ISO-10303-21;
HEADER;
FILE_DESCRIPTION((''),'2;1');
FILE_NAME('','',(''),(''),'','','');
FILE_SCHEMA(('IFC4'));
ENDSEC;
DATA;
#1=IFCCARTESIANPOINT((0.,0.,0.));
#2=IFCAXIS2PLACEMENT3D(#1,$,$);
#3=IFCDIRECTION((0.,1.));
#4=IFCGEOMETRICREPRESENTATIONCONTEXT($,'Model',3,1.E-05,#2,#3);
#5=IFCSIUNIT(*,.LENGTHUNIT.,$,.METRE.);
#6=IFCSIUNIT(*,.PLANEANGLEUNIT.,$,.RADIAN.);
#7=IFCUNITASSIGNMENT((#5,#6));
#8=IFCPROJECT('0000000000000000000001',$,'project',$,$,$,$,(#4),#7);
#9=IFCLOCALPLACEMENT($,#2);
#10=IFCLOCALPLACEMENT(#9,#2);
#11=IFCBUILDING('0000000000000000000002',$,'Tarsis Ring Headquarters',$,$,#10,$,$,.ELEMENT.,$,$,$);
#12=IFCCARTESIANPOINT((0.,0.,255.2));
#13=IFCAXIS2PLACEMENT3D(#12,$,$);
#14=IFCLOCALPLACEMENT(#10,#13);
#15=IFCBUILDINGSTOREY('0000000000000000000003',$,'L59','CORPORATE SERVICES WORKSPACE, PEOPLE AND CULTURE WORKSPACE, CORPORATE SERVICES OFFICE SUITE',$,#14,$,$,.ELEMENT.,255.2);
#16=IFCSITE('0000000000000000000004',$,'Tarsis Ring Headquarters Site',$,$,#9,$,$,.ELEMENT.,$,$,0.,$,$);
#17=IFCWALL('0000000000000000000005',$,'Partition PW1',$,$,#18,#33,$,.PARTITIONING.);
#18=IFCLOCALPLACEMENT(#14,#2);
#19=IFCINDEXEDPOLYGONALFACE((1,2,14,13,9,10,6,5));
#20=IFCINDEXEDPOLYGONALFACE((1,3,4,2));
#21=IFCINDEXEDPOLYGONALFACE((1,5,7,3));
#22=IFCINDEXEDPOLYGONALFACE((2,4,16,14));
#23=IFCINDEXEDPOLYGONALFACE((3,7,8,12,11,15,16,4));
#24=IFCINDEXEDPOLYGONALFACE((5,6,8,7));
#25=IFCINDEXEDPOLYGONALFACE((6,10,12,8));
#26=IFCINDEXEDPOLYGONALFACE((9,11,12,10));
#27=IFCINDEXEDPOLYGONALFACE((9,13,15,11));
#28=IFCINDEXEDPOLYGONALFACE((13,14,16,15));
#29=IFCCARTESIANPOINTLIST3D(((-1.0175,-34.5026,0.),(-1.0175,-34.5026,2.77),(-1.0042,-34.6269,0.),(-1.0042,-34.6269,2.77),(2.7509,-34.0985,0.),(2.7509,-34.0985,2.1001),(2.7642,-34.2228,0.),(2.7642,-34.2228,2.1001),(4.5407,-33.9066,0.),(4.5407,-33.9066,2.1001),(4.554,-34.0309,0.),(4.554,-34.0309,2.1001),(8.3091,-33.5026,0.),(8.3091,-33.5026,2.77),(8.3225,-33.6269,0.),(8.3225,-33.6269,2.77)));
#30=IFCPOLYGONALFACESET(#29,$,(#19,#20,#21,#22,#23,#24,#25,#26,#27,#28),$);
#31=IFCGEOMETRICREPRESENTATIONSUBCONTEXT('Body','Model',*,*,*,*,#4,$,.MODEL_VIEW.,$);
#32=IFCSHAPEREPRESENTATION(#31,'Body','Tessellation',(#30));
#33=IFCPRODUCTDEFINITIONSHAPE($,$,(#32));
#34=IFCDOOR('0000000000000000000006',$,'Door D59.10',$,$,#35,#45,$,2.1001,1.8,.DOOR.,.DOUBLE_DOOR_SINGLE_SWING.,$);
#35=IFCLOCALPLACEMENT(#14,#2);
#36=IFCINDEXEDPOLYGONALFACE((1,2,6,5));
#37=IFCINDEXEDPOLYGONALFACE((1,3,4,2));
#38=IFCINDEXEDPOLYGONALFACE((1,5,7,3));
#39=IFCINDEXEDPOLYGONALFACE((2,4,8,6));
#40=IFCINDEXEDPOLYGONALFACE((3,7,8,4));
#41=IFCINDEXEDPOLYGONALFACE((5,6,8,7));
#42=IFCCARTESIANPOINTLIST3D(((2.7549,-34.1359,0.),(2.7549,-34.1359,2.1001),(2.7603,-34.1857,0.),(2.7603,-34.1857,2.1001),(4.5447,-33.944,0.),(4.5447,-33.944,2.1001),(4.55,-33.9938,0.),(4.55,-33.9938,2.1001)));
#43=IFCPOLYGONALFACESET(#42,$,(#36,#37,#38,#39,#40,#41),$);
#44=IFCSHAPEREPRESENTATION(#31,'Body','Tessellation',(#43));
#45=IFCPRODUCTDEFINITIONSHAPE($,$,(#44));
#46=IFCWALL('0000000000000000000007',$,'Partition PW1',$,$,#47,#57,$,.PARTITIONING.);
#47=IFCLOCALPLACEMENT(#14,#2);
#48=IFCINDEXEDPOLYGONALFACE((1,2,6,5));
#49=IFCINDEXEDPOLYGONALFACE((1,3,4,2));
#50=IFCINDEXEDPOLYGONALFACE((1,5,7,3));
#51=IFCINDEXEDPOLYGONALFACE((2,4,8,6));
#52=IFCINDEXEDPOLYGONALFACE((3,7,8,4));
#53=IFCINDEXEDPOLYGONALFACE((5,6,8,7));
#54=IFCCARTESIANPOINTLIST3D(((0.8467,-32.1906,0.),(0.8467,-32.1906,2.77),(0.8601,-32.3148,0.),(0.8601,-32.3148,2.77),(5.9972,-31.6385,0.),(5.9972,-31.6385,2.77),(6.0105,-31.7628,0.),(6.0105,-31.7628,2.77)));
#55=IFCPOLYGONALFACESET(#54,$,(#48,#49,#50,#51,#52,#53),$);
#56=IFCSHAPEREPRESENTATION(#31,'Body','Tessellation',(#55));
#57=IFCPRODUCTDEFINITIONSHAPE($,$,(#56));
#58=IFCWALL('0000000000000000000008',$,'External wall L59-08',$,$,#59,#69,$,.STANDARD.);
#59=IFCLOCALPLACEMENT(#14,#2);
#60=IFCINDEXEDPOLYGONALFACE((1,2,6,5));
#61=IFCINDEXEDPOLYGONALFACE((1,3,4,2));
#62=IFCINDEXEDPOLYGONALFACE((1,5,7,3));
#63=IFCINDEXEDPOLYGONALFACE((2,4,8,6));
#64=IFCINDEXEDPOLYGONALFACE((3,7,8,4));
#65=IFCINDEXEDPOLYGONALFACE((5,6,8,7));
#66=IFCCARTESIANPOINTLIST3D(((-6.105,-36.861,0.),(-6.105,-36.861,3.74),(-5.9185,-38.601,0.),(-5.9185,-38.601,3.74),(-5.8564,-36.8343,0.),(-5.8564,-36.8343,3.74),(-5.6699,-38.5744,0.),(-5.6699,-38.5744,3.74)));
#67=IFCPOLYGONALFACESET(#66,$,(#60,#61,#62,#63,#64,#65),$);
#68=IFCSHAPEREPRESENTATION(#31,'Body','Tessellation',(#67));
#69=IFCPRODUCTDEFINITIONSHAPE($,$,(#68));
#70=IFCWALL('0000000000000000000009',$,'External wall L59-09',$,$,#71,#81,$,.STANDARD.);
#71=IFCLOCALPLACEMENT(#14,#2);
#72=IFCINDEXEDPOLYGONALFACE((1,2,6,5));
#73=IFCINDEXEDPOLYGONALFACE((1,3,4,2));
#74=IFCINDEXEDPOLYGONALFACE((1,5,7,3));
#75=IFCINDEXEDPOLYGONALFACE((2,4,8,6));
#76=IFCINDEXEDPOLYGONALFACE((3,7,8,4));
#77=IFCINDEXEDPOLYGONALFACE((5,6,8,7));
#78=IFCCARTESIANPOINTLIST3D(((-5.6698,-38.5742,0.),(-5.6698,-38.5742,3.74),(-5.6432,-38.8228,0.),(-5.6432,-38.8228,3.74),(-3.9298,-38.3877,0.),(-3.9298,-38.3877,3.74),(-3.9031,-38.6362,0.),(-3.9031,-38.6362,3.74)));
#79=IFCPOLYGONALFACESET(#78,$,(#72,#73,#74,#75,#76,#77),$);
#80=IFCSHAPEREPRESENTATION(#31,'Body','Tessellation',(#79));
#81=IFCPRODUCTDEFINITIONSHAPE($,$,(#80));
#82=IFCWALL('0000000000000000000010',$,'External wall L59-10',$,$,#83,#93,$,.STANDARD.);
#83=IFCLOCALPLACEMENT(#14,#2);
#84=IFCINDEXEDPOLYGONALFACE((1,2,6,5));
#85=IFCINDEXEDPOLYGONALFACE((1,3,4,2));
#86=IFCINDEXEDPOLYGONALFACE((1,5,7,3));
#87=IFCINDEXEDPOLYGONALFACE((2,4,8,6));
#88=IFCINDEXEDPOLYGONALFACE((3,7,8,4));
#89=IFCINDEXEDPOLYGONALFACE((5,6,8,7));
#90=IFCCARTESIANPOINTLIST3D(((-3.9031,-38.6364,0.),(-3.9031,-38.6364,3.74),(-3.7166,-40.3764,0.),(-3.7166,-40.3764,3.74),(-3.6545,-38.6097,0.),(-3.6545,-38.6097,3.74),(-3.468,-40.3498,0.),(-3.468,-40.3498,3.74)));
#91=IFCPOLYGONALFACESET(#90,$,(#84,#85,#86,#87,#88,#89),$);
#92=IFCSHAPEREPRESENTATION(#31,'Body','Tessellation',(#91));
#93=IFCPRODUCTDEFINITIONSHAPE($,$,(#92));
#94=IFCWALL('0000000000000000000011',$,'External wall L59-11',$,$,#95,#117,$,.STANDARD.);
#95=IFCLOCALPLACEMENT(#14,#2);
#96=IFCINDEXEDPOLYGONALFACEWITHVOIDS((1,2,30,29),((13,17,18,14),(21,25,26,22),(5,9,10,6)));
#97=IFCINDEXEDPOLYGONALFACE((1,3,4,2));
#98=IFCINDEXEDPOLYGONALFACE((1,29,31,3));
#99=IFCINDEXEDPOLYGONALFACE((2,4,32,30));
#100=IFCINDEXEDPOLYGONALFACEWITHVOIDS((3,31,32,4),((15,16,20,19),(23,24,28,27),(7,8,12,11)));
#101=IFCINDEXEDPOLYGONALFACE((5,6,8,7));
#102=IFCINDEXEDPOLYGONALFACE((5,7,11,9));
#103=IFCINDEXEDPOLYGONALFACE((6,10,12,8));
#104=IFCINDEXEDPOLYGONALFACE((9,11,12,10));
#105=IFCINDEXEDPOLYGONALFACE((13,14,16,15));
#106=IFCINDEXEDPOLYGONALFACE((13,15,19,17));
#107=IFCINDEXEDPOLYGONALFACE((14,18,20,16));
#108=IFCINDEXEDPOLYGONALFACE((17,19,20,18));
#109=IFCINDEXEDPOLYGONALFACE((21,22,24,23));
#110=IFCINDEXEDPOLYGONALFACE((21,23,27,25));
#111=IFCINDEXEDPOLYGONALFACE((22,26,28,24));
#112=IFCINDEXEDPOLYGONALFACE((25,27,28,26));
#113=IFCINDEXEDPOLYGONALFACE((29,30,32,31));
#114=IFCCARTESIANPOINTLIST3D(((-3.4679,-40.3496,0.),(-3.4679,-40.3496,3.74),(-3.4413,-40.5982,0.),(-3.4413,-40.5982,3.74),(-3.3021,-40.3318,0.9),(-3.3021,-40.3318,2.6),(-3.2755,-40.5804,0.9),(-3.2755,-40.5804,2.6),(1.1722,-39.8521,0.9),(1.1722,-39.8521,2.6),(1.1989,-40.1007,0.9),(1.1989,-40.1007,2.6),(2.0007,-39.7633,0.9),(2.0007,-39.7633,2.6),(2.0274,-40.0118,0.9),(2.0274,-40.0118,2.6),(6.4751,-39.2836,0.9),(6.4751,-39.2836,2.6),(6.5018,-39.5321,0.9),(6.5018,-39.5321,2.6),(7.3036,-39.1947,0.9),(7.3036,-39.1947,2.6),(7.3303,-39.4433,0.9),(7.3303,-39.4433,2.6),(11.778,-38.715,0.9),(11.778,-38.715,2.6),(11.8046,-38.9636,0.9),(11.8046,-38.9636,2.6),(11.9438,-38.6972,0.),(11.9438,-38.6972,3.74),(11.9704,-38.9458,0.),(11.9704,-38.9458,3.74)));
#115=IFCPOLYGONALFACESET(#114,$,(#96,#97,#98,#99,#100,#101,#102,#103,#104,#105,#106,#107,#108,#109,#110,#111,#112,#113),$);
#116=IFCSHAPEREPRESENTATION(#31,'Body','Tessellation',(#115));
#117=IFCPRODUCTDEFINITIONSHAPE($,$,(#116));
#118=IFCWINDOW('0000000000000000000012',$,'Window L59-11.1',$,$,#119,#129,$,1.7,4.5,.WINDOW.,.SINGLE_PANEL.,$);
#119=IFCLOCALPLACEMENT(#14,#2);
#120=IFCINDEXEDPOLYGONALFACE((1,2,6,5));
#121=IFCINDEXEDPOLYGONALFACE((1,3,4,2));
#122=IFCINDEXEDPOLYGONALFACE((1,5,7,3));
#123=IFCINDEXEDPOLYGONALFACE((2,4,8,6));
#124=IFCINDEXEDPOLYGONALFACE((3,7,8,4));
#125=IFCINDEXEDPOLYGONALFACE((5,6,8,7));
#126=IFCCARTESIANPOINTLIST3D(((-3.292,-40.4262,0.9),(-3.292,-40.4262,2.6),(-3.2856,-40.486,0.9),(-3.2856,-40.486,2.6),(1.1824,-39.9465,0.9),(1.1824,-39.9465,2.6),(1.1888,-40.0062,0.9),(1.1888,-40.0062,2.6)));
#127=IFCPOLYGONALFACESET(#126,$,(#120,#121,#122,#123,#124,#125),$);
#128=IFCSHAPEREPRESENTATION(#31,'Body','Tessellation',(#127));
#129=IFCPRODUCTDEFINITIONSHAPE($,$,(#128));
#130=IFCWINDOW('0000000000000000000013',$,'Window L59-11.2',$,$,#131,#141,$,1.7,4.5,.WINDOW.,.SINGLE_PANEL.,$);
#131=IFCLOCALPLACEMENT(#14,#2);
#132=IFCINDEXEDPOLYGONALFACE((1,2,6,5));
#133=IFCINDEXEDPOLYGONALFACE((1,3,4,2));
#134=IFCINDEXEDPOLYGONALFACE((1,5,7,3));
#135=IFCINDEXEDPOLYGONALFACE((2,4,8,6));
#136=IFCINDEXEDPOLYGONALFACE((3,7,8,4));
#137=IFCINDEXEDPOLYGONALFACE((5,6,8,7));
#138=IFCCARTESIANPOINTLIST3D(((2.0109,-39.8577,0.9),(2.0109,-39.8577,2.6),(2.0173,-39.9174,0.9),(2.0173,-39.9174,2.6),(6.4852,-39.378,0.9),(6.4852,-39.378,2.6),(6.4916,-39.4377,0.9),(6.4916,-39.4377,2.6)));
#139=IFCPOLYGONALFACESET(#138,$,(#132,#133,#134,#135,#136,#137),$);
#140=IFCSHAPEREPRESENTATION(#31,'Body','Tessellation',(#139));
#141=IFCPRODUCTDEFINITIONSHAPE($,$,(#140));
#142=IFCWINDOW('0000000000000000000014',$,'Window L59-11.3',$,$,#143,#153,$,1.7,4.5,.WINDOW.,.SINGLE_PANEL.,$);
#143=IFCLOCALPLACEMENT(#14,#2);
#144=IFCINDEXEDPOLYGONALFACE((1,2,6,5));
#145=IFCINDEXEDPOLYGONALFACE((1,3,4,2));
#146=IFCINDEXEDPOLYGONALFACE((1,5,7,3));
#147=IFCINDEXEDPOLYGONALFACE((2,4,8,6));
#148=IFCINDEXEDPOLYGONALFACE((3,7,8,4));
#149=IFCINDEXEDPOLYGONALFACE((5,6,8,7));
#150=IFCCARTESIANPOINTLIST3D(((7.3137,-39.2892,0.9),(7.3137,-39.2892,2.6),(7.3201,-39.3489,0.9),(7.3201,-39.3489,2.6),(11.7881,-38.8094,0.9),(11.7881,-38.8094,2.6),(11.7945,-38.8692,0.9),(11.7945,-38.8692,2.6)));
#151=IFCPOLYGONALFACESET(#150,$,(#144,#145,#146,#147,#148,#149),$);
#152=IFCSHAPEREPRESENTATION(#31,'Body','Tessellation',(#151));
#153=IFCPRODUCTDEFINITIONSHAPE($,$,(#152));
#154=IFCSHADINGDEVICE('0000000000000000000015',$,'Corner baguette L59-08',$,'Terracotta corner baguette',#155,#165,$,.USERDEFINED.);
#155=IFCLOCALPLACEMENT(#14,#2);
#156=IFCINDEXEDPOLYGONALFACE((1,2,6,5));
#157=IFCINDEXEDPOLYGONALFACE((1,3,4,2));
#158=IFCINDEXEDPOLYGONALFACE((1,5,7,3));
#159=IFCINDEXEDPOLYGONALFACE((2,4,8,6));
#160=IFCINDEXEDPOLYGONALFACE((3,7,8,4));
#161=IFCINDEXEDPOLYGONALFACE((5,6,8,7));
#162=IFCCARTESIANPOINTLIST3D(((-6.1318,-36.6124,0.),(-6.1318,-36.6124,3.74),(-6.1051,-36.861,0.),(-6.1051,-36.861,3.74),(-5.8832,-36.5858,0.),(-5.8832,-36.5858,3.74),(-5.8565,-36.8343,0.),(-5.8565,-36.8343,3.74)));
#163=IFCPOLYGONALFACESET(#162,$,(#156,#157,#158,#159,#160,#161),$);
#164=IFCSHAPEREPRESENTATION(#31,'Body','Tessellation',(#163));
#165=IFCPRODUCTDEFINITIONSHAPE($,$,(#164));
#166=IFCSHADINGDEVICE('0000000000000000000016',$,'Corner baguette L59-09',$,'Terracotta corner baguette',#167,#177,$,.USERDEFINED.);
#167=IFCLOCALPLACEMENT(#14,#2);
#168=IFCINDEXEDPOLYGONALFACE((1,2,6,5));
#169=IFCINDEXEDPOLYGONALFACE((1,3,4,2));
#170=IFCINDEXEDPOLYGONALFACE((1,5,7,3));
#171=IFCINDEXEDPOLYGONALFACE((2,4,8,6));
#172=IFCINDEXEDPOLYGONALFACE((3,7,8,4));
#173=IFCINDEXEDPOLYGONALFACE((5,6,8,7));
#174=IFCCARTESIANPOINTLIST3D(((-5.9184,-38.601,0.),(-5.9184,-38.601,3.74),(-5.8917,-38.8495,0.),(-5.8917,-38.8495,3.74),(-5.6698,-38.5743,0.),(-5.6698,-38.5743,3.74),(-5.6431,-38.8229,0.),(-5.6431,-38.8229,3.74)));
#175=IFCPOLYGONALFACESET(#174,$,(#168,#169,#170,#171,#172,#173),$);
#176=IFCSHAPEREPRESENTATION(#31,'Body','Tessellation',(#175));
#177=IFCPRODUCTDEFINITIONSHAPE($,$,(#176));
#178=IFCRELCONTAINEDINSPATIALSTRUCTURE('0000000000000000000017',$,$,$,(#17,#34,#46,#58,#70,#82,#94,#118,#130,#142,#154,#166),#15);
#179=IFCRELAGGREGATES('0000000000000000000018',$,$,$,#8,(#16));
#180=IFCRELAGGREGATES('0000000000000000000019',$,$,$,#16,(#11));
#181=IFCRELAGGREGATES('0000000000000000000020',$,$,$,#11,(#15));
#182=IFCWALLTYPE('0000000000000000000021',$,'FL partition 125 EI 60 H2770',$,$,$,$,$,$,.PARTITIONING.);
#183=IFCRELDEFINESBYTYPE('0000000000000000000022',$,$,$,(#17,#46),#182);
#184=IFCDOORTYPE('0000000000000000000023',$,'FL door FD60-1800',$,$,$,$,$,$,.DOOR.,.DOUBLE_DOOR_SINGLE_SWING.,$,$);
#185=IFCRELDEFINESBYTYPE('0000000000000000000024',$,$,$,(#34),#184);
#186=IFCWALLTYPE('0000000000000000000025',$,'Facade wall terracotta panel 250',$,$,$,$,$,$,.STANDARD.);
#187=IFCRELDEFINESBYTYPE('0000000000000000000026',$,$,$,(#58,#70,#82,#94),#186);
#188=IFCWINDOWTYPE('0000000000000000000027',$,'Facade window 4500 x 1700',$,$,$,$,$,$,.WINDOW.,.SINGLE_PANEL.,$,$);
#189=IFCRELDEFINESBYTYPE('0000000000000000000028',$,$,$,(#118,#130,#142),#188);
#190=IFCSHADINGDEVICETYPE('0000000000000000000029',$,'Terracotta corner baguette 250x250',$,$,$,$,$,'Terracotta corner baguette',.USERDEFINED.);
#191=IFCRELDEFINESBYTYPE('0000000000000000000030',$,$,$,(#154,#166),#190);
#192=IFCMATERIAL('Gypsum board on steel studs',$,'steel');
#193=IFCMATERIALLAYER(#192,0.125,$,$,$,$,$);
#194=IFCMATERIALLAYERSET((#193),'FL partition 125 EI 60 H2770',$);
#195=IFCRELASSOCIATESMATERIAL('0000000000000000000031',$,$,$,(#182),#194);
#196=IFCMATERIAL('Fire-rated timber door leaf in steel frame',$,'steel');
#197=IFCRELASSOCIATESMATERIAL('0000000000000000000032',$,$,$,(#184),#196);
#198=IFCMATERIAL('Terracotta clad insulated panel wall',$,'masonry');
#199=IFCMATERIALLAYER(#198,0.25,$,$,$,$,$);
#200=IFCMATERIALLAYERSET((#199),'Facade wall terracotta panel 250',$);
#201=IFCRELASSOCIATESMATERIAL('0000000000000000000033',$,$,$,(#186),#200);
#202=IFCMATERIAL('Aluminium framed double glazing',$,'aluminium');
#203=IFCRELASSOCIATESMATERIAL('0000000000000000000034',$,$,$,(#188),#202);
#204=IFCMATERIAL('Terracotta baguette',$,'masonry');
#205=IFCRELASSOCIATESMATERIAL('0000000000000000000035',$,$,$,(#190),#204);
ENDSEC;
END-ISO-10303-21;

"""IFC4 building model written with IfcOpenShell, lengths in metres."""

from ifc_helpers import new_model, si_unit, direction, frame, frame_2d, origin, origin_2d, place, context, subcontext, project, spatial, rectangle, extrude, material, layer, layer_set, type_object, element, fill, save


model = new_model("IFC4")

# Units and contexts
model_context = context("Model", 3, precision=1e-05, world=origin(), true_north=direction((0.0, 1.0)))
body_context = subcontext(model_context, "Body", "Model", "MODEL_VIEW")
ifc_project = project(units=[si_unit("LENGTHUNIT", "METRE"), si_unit("PLANEANGLEUNIT", "RADIAN")], contexts=[model_context])

# Site, building, storey
site_placement = place(None, origin())
site = spatial("IfcSite", under=ifc_project, at=site_placement, Name="Tarsis Ring Headquarters Site", CompositionType="ELEMENT", RefElevation=0.0)
building_placement = place(site_placement, origin())
building = spatial("IfcBuilding", under=site, at=building_placement, Name="Tarsis Ring Headquarters", CompositionType="ELEMENT")
storey_placement = place(building_placement, frame((0.0, 0.0, 255.2)))
storey = spatial("IfcBuildingStorey", under=building, at=storey_placement, Name="L59", Description="CORPORATE SERVICES WORKSPACE, PEOPLE AND CULTURE WORKSPACE, CORPORATE SERVICES OFFICE SUITE", CompositionType="ELEMENT", Elevation=255.2)

# Wall, opening, door
ifc_material_1 = material(Name="Gypsum board on steel studs", Category="steel")
ifc_layer_1 = layer(ifc_material_1, 0.125)
ifc_layer_set_1 = layer_set([ifc_layer_1], Name="FL partition 125 EI 60 H2770")
wall_type_1 = type_object("IfcWallType", Name="FL partition 125 EI 60 H2770", PredefinedType="PARTITIONING", material=ifc_layer_set_1)
wall_1_placement = place(storey_placement, frame((-1.0107, -34.5647, 0.0), z_axis=(0.0, 0.0, 1.0), x_axis=(0.994301, 0.106608, 0.0)))
wall_1 = element("IfcWall", 1, at=wall_1_placement, inside=storey, type_object=wall_type_1, Name="Partition PW1", PredefinedType="PARTITIONING", context=body_context, shape_type="SweptSolid", body=[
    extrude(rectangle(XDim=9.3801, YDim=0.125, at=frame_2d((4.6899, 0.0))), origin(), (0.0, 0.0, 1.0), 2.77),
])
opening_1_placement = place(wall_1_placement, frame((3.79, 0.0, 0.0)))
opening_1 = element("IfcOpeningElement", 2, at=opening_1_placement, cuts=wall_1, PredefinedType="OPENING", context=body_context, shape_type="SweptSolid", body=[
    extrude(rectangle(XDim=1.8, YDim=2.1001, at=frame_2d((0.8999, 1.05))), frame((0.0, 0.0725, 0.0), z_axis=(0.0, -1.0, 0.0), x_axis=(1.0, 0.0, 0.0)), (0.0, 0.0, 1.0), 0.145),
])
ifc_material_2 = material(Name="Fire-rated timber door leaf in steel frame", Category="steel")
door_type = type_object("IfcDoorType", Name="FL door FD60-1800", OperationType="DOUBLE_DOOR_SINGLE_SWING", PredefinedType="DOOR", material=ifc_material_2)
door_placement = place(opening_1_placement, origin())
door = element("IfcDoor", 3, at=door_placement, inside=storey, type_object=door_type, Name="Door D59.10", OperationType="DOUBLE_DOOR_SINGLE_SWING", OverallHeight=2.1001, OverallWidth=1.8, PredefinedType="DOOR", context=body_context, shape_type="SweptSolid", body=[
    extrude(rectangle(XDim=1.8, YDim=2.1001, at=frame_2d((0.8999, 1.05))), frame((0.0, 0.0249, 0.0), z_axis=(0.0, -1.0, 0.0), x_axis=(1.0, 0.0, 0.0)), (0.0, 0.0, 1.0), 0.05),
])
fill(opening_1, door)

# Walls
wall_2_placement = place(storey_placement, frame((0.8535, -32.2527, 0.0), z_axis=(0.0, 0.0, 1.0), x_axis=(0.994306, 0.106566, 0.0)))
element("IfcWall", 4, at=wall_2_placement, inside=storey, type_object=wall_type_1, Name="Partition PW1", PredefinedType="PARTITIONING", context=body_context, shape_type="SweptSolid", body=[
    extrude(rectangle(XDim=5.1799, YDim=0.125, at=frame_2d((2.5898, 0.0))), origin(), (0.0, 0.0, 1.0), 2.77),
])
ifc_material_3 = material(Name="Terracotta clad insulated panel wall", Category="masonry")
ifc_layer_2 = layer(ifc_material_3, 0.25)
ifc_layer_set_2 = layer_set([ifc_layer_2], Name="Facade wall terracotta panel 250")
wall_type_2 = type_object("IfcWallType", Name="Facade wall terracotta panel 250", PredefinedType="STANDARD", material=ifc_layer_set_2)
for number, where, z_axis, x_axis, name in (
    (5, (-5.9807, -36.8477, 0.0), (0.0, 0.0, 1.0), (0.106587, -0.994303, 0.0), "External wall L59-08"),
    (6, (-5.6565, -38.6985, 0.0), (0.0, 0.0, 1.0), (0.994303, 0.106587, 0.0), "External wall L59-09"),
    (7, (-3.7788, -38.623, 0.0), (0.0, 0.0, 1.0), (0.106587, -0.994303, 0.0), "External wall L59-10"),
):
    element("IfcWall", number, at=place(storey_placement, frame(where, z_axis=z_axis, x_axis=x_axis)), inside=storey, type_object=wall_type_2, Name=name, PredefinedType="STANDARD", context=body_context, shape_type="SweptSolid", body=[
        extrude(rectangle(XDim=1.75, YDim=0.25, at=frame_2d((0.875, 0.0))), origin(), (0.0, 0.0, 1.0), 3.74),
    ])

# Wall, openings, windows
wall_3_placement = place(storey_placement, frame((-3.4546, -40.4739, 0.0), z_axis=(0.0, 0.0, 1.0), x_axis=(0.994302, 0.106603, 0.0)))
wall_3 = element("IfcWall", 8, at=wall_3_placement, inside=storey, type_object=wall_type_2, Name="External wall L59-11", PredefinedType="STANDARD", context=body_context, shape_type="SweptSolid", body=[
    extrude(rectangle(XDim=15.5, YDim=0.25, at=frame_2d((7.75, 0.0))), origin(), (0.0, 0.0, 1.0), 3.74),
])
opening_2_placement = place(wall_3_placement, frame((0.1667, 0.0, 0.8999)))
opening_2 = element("IfcOpeningElement", 9, at=opening_2_placement, cuts=wall_3, PredefinedType="OPENING", context=body_context, shape_type="SweptSolid", body=[
    extrude(rectangle(XDim=4.5, YDim=1.7, at=frame_2d((2.25, 0.8501))), frame((0.0, 0.135, 0.0), z_axis=(0.0, -1.0, 0.0), x_axis=(1.0, 0.0, 0.0)), (0.0, 0.0, 1.0), 0.27),
])
opening_3_placement = place(wall_3_placement, frame((5.5, 0.0, 0.8999)))
opening_3 = element("IfcOpeningElement", 10, at=opening_3_placement, cuts=wall_3, PredefinedType="OPENING", context=body_context, shape_type="SweptSolid", body=[
    extrude(rectangle(XDim=4.5, YDim=1.7, at=frame_2d((2.25, 0.8501))), frame((0.0, 0.135, 0.0), z_axis=(0.0, -1.0, 0.0), x_axis=(1.0, 0.0, 0.0)), (0.0, 0.0, 1.0), 0.27),
])
opening_4_placement = place(wall_3_placement, frame((10.8333, 0.0, 0.8999)))
opening_4 = element("IfcOpeningElement", 11, at=opening_4_placement, cuts=wall_3, PredefinedType="OPENING", context=body_context, shape_type="SweptSolid", body=[
    extrude(rectangle(XDim=4.5, YDim=1.7, at=frame_2d((2.25, 0.8501))), frame((0.0, 0.135, 0.0), z_axis=(0.0, -1.0, 0.0), x_axis=(1.0, 0.0, 0.0)), (0.0, 0.0, 1.0), 0.27),
])
ifc_material_4 = material(Name="Aluminium framed double glazing", Category="aluminium")
window_type = type_object("IfcWindowType", Name="Facade window 4500 x 1700", PartitioningType="SINGLE_PANEL", PredefinedType="WINDOW", material=ifc_material_4)
window_1_placement = place(opening_2_placement, origin())
window_1 = element("IfcWindow", 12, at=window_1_placement, inside=storey, type_object=window_type, Name="Window L59-11.1", OverallHeight=1.7, OverallWidth=4.5, PartitioningType="SINGLE_PANEL", PredefinedType="WINDOW", context=body_context, shape_type="SweptSolid", body=[
    extrude(rectangle(XDim=4.5, YDim=1.7, at=frame_2d((2.25, 0.8501))), frame((0.0, 0.03, 0.0), z_axis=(0.0, -1.0, 0.0), x_axis=(1.0, 0.0, 0.0)), (0.0, 0.0, 1.0), 0.0601),
])
fill(opening_2, window_1)
window_2_placement = place(opening_3_placement, origin())
window_2 = element("IfcWindow", 13, at=window_2_placement, inside=storey, type_object=window_type, Name="Window L59-11.2", OverallHeight=1.7, OverallWidth=4.5, PartitioningType="SINGLE_PANEL", PredefinedType="WINDOW", context=body_context, shape_type="SweptSolid", body=[
    extrude(rectangle(XDim=4.5, YDim=1.7, at=frame_2d((2.25, 0.8501))), frame((0.0, 0.03, 0.0), z_axis=(0.0, -1.0, 0.0), x_axis=(1.0, 0.0, 0.0)), (0.0, 0.0, 1.0), 0.0601),
])
fill(opening_3, window_2)
window_3_placement = place(opening_4_placement, origin())
window_3 = element("IfcWindow", 14, at=window_3_placement, inside=storey, type_object=window_type, Name="Window L59-11.3", OverallHeight=1.7, OverallWidth=4.5, PartitioningType="SINGLE_PANEL", PredefinedType="WINDOW", context=body_context, shape_type="SweptSolid", body=[
    extrude(rectangle(XDim=4.5, YDim=1.7, at=frame_2d((2.25, 0.8501))), frame((0.0, 0.03, 0.0), z_axis=(0.0, -1.0, 0.0), x_axis=(1.0, 0.0, 0.0)), (0.0, 0.0, 1.0), 0.0601),
])
fill(opening_4, window_3)

# Shading devices
ifc_material_5 = material(Name="Terracotta baguette", Category="masonry")
shading_device_type_1 = type_object("IfcShadingDeviceType", Name="Terracotta corner baguette 250x250", ElementType="Terracotta corner baguette", PredefinedType="USERDEFINED", material=ifc_material_5)
for number, where, z_axis, x_axis, name in (
    (15, (-5.9941, -36.7234, 0.0), (0.0, 0.0, 1.0), (0.994301, 0.106611, 0.0), "Corner baguette L59-08"),
    (16, (-5.7808, -38.7119, 0.0), (0.0, 0.0, 1.0), (0.106611, -0.994301, 0.0), "Corner baguette L59-09"),
):
    element("IfcShadingDevice", number, at=place(storey_placement, frame(where, z_axis=z_axis, x_axis=x_axis)), inside=storey, type_object=shading_device_type_1, Name=name, ObjectType="Terracotta corner baguette", PredefinedType="USERDEFINED", context=body_context, shape_type="SweptSolid", body=[
        extrude(rectangle(XDim=0.25, YDim=0.25, at=origin_2d()), origin(), (0.0, 0.0, 1.0), 3.74),
    ])

save(model, "model.ifc")
